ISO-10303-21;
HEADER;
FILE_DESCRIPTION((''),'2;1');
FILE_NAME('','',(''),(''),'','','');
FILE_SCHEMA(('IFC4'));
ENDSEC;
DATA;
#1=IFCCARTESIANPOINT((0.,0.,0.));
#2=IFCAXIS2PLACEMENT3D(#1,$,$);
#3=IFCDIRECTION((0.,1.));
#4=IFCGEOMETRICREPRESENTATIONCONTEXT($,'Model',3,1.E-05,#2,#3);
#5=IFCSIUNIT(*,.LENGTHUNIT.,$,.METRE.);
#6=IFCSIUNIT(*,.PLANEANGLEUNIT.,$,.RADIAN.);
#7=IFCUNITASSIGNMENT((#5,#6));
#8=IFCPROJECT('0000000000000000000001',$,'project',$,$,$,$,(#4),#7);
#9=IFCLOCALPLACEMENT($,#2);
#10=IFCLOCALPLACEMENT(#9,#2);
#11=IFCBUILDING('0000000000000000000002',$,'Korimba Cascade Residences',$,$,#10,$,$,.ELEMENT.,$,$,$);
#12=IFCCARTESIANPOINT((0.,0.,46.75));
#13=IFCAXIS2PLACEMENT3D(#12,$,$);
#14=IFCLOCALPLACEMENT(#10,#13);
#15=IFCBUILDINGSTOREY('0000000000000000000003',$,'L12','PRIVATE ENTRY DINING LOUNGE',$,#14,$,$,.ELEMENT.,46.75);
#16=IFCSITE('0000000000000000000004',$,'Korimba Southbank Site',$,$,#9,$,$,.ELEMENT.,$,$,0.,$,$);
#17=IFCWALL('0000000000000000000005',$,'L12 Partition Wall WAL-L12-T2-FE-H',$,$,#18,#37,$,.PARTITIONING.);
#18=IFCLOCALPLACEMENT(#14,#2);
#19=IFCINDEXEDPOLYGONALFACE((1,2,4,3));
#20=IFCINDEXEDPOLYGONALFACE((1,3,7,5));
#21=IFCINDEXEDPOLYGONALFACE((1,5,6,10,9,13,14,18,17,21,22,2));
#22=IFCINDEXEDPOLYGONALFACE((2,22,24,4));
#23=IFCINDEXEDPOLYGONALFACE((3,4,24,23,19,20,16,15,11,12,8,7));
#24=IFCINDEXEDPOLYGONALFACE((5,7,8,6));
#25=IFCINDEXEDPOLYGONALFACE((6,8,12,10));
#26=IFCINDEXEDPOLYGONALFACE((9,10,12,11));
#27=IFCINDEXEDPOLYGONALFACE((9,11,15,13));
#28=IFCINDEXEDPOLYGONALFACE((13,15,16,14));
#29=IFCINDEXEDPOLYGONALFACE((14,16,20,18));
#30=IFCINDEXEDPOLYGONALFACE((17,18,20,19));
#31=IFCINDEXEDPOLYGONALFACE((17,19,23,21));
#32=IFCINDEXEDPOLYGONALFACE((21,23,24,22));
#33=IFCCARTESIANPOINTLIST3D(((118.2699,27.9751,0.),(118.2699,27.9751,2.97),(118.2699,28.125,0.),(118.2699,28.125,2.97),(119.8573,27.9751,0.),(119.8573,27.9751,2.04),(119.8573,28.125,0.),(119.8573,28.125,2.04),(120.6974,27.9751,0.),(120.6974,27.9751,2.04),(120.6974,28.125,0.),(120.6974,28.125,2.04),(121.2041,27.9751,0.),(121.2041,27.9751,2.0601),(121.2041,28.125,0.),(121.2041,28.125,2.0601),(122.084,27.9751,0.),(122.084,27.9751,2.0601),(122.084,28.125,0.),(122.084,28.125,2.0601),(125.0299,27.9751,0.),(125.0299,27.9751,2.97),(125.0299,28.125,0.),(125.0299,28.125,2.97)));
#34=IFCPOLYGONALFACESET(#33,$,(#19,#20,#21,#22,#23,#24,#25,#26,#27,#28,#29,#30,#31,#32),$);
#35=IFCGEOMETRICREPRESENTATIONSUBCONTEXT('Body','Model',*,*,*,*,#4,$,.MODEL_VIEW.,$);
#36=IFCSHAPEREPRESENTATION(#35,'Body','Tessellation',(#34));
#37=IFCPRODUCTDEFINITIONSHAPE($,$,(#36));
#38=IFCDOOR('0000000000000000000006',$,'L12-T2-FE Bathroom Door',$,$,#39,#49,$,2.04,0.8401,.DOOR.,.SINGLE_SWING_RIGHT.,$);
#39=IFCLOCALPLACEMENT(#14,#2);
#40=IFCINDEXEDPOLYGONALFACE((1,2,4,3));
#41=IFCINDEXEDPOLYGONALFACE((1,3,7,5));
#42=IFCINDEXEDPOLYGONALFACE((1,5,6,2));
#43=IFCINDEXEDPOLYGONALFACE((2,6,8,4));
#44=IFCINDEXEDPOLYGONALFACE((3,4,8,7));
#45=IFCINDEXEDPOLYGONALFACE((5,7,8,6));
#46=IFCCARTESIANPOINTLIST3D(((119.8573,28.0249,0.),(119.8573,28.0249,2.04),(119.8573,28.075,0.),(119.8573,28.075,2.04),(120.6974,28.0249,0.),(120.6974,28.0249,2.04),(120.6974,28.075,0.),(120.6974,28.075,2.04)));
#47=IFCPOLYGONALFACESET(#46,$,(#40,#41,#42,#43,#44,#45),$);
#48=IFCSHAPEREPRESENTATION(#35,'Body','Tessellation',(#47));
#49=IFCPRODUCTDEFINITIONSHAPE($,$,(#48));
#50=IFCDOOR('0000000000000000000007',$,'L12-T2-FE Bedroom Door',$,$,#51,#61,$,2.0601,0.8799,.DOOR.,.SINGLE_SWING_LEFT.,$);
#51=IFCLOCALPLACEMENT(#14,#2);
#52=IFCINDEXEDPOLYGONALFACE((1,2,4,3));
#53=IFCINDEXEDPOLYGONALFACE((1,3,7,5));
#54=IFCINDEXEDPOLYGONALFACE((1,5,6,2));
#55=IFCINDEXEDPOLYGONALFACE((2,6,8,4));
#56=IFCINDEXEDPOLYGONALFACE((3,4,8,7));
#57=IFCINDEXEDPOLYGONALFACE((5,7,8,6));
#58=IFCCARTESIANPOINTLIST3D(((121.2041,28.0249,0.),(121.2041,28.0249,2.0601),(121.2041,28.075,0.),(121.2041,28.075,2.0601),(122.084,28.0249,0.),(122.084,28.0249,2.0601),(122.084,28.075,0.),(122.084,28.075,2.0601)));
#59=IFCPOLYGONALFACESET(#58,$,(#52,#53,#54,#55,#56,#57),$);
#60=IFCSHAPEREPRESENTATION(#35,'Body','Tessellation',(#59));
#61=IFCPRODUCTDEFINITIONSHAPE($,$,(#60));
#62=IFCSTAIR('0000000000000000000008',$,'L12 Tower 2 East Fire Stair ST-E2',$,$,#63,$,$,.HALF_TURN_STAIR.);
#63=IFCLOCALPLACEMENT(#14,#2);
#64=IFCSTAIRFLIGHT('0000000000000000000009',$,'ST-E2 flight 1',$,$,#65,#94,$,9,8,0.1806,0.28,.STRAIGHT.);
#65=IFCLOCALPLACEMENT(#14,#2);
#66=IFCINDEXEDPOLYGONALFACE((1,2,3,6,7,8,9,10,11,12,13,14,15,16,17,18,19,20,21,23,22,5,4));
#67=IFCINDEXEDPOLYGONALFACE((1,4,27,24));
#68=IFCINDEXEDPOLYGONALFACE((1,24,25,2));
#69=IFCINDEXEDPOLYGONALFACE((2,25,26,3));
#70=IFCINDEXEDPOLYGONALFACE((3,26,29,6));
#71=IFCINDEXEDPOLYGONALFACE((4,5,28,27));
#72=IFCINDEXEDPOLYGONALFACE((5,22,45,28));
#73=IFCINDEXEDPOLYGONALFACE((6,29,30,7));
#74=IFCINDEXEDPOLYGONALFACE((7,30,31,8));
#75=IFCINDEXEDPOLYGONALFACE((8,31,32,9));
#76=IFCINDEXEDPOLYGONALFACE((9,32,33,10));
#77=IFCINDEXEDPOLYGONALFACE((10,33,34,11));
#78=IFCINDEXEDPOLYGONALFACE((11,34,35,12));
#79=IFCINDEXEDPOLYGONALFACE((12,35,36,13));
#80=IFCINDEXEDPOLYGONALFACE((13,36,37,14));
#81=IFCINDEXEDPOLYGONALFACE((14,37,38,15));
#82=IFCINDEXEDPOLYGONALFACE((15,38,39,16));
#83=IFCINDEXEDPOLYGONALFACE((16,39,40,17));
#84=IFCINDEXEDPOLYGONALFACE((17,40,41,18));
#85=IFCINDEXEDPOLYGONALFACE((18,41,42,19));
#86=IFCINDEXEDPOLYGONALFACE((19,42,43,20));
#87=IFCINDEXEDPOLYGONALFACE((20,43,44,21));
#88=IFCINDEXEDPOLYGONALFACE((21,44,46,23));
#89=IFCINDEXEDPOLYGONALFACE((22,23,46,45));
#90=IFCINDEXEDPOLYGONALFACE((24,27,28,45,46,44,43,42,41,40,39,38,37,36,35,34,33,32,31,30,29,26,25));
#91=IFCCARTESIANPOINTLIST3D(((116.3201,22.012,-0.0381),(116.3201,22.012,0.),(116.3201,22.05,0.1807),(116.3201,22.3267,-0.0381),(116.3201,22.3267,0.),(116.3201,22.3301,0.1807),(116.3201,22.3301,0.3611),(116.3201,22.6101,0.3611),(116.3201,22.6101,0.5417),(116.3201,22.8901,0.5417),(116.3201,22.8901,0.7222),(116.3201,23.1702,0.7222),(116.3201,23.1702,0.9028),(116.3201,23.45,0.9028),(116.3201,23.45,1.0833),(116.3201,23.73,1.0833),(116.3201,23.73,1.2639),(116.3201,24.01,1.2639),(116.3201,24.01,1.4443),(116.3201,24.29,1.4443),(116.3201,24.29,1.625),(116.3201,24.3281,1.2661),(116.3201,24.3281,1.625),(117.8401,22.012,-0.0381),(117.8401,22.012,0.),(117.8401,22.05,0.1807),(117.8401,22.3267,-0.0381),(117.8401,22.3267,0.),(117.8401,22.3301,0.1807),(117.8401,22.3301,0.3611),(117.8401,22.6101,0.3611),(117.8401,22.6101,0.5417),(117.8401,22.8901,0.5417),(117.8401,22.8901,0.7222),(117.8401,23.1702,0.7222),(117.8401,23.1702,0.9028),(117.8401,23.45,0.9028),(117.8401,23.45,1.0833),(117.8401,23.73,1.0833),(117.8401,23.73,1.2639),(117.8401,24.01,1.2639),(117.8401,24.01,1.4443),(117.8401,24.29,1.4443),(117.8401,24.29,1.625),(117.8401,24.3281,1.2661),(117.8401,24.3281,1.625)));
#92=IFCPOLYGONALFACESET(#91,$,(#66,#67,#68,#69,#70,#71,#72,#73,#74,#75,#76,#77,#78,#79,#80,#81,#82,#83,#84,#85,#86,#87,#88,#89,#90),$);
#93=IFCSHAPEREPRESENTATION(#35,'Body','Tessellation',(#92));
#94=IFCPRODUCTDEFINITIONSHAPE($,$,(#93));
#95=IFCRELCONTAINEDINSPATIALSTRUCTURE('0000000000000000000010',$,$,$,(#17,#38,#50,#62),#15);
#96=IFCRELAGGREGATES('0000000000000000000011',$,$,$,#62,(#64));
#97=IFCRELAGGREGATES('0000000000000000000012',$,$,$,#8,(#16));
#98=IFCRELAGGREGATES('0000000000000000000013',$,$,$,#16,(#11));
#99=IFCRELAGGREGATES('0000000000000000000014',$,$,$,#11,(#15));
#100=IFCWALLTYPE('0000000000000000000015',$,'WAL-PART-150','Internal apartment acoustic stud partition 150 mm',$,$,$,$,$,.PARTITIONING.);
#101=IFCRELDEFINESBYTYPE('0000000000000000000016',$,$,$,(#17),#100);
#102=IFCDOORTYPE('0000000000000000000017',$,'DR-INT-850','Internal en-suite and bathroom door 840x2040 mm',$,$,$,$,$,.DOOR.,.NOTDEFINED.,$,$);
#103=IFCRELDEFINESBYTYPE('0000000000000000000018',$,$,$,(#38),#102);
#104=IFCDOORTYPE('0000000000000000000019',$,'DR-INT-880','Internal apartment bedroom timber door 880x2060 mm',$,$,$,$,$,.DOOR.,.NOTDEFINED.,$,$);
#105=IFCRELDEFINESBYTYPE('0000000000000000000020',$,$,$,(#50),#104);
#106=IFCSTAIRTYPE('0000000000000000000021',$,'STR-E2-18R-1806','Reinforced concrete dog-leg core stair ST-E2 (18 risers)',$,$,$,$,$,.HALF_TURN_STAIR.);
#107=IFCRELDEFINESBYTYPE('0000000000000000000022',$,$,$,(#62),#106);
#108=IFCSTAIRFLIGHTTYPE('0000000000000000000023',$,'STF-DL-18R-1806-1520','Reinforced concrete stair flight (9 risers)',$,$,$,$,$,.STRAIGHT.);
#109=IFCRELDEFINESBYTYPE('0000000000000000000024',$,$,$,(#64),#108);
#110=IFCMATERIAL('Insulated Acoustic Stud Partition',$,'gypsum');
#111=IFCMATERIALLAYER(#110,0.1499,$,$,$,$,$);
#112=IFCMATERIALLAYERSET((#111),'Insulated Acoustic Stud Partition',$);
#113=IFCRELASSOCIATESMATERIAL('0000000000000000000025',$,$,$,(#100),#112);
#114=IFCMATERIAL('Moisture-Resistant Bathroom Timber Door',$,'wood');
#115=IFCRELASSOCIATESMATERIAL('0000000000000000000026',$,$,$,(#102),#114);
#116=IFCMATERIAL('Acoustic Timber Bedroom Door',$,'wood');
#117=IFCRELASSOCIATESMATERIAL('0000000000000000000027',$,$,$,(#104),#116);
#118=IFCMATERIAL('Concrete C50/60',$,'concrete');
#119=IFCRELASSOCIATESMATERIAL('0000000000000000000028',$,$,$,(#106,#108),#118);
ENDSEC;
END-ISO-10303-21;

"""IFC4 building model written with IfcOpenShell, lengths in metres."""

from ifc_helpers import new_model, si_unit, direction, frame, frame_2d, origin, place, context, subcontext, project, spatial, polyline, rectangle, outline, extrude, material, layer, layer_set, type_object, element, fill, aggregate, save


model = new_model("IFC4")

# Units and contexts
model_context = context("Model", 3, precision=1e-05, world=origin(), true_north=direction((0.0, 1.0)))
body_context = subcontext(model_context, "Body", "Model", "MODEL_VIEW")
ifc_project = project(units=[si_unit("LENGTHUNIT", "METRE"), si_unit("PLANEANGLEUNIT", "RADIAN")], contexts=[model_context])

# Site, building, storey
site_placement = place(None, origin())
site = spatial("IfcSite", under=ifc_project, at=site_placement, Name="Korimba Southbank Site", CompositionType="ELEMENT", RefElevation=0.0)
building_placement = place(site_placement, origin())
building = spatial("IfcBuilding", under=site, at=building_placement, Name="Korimba Cascade Residences", CompositionType="ELEMENT")
storey_placement = place(building_placement, frame((0.0, 0.0, 46.75)))
storey = spatial("IfcBuildingStorey", under=building, at=storey_placement, Name="L12", Description="PRIVATE ENTRY DINING LOUNGE", CompositionType="ELEMENT", Elevation=46.75)

# Shared definitions
ifc_material_1 = material(Name="Concrete C50/60", Category="concrete")

# Shared definitions
ifc_material_2 = material(Name="Insulated Acoustic Stud Partition", Category="gypsum")
ifc_layer_1 = layer(ifc_material_2, 0.1499)
ifc_layer_set_1 = layer_set([ifc_layer_1], Name="Insulated Acoustic Stud Partition")
wall_type_1 = type_object("IfcWallType", Name="WAL-PART-150", Description="Internal apartment acoustic stud partition 150 mm", PredefinedType="PARTITIONING", material=ifc_layer_set_1)
ifc_material_3 = material(Name="Moisture-Resistant Bathroom Timber Door", Category="wood")
door_type_1 = type_object("IfcDoorType", Name="DR-INT-850", Description="Internal en-suite and bathroom door 840x2040 mm", OperationType="NOTDEFINED", PredefinedType="DOOR", material=ifc_material_3)

# Wall, openings, doors
wall_1_placement = place(storey_placement, frame((118.27, 28.05, 0.0), z_axis=(0.0, 0.0, 1.0), x_axis=(1.0, 0.0, 0.0)))
wall_1 = element("IfcWall", 1, at=wall_1_placement, inside=storey, type_object=wall_type_1, Name="L12 Partition Wall WAL-L12-T2-FE-H", PredefinedType="PARTITIONING", context=body_context, shape_type="SweptSolid", body=[
    extrude(rectangle(XDim=6.76, YDim=0.1499, at=frame_2d((3.3799, 0.0))), origin(), (0.0, 0.0, 1.0), 2.97),
])
opening_1_placement = place(wall_1_placement, frame((1.5874, 0.0, 0.0)))
opening_1 = element("IfcOpeningElement", 2, at=opening_1_placement, cuts=wall_1, PredefinedType="OPENING", context=body_context, shape_type="SweptSolid", body=[
    extrude(rectangle(XDim=0.8401, YDim=2.04, at=frame_2d((0.4199, 1.02))), frame((0.0, 0.085, 0.0), z_axis=(0.0, -1.0, 0.0), x_axis=(1.0, 0.0, 0.0)), (0.0, 0.0, 1.0), 0.1699),
])
opening_2_placement = place(wall_1_placement, frame((2.9341, 0.0, 0.0)))
opening_2 = element("IfcOpeningElement", 3, at=opening_2_placement, cuts=wall_1, PredefinedType="OPENING", context=body_context, shape_type="SweptSolid", body=[
    extrude(rectangle(XDim=0.8799, YDim=2.0601, at=frame_2d((0.4399, 1.03))), frame((0.0, 0.085, 0.0), z_axis=(0.0, -1.0, 0.0), x_axis=(1.0, 0.0, 0.0)), (0.0, 0.0, 1.0), 0.1699),
])
door_1_placement = place(opening_1_placement, origin())
door_1 = element("IfcDoor", 4, at=door_1_placement, inside=storey, type_object=door_type_1, Name="L12-T2-FE Bathroom Door", OperationType="SINGLE_SWING_RIGHT", OverallHeight=2.04, OverallWidth=0.8401, PredefinedType="DOOR", context=body_context, shape_type="SweptSolid", body=[
    extrude(rectangle(XDim=0.8401, YDim=2.04, at=frame_2d((0.4199, 1.02))), frame((0.0, 0.0249, 0.0), z_axis=(0.0, -1.0, 0.0), x_axis=(1.0, 0.0, 0.0)), (0.0, 0.0, 1.0), 0.05),
])
fill(opening_1, door_1)
ifc_material_4 = material(Name="Acoustic Timber Bedroom Door", Category="wood")
door_type_2 = type_object("IfcDoorType", Name="DR-INT-880", Description="Internal apartment bedroom timber door 880x2060 mm", OperationType="NOTDEFINED", PredefinedType="DOOR", material=ifc_material_4)
door_2_placement = place(opening_2_placement, origin())
door_2 = element("IfcDoor", 5, at=door_2_placement, inside=storey, type_object=door_type_2, Name="L12-T2-FE Bedroom Door", OperationType="SINGLE_SWING_LEFT", OverallHeight=2.0601, OverallWidth=0.8799, PredefinedType="DOOR", context=body_context, shape_type="SweptSolid", body=[
    extrude(rectangle(XDim=0.8799, YDim=2.0601, at=frame_2d((0.4399, 1.03))), frame((0.0, 0.0249, 0.0), z_axis=(0.0, -1.0, 0.0), x_axis=(1.0, 0.0, 0.0)), (0.0, 0.0, 1.0), 0.05),
])
fill(opening_2, door_2)

# Stair, stair flight
stair_type = type_object("IfcStairType", Name="STR-E2-18R-1806", Description="Reinforced concrete dog-leg core stair ST-E2 (18 risers)", PredefinedType="HALF_TURN_STAIR", material=ifc_material_1)
stair_placement = place(storey_placement, origin())
stair = element("IfcStair", 6, at=stair_placement, inside=storey, type_object=stair_type, Name="L12 Tower 2 East Fire Stair ST-E2", PredefinedType="HALF_TURN_STAIR")
stair_flight_type = type_object("IfcStairFlightType", Name="STF-DL-18R-1806-1520", Description="Reinforced concrete stair flight (9 risers)", PredefinedType="STRAIGHT", material=ifc_material_1)
stair_flight_placement = place(storey_placement, frame((117.0801, 22.05, 0.0), z_axis=(0.0, 0.0, 1.0), x_axis=(0.0, 1.0, 0.0)))
stair_flight = element("IfcStairFlight", 7, at=stair_flight_placement, type_object=stair_flight_type, Name="ST-E2 flight 1", NumberOfRisers=9, NumberOfTreads=8, PredefinedType="STRAIGHT", RiserHeight=0.1806, TreadLength=0.28, context=body_context, shape_type="SweptSolid", body=[
    extrude(outline(polyline([(-0.0381, 0.0), (0.0, 0.1807), (0.28, 0.1807), (0.28, 0.3611), (0.5601, 0.3611), (0.5601, 0.5417), (0.8401, 0.5417), (0.8401, 0.7222), (1.1201, 0.7222), (1.1201, 0.9028), (1.3999, 0.9028), (1.3999, 1.0833), (1.6799, 1.0833), (1.6799, 1.2639), (1.96, 1.2639), (1.96, 1.4443), (2.24, 1.4443), (2.24, 1.625), (2.2781, 1.625), (2.2781, 1.2661), (0.2766, 0.0), (0.2766, -0.0381), (-0.0381, -0.0381), (-0.0381, 0.0)])), frame((0.0, 0.76, 0.0), z_axis=(0.0, -1.0, 0.0), x_axis=(1.0, 0.0, 0.0)), (0.0, 0.0, 1.0), 1.52),
])
aggregate(stair, [stair_flight])

save(model, "model.ifc")
